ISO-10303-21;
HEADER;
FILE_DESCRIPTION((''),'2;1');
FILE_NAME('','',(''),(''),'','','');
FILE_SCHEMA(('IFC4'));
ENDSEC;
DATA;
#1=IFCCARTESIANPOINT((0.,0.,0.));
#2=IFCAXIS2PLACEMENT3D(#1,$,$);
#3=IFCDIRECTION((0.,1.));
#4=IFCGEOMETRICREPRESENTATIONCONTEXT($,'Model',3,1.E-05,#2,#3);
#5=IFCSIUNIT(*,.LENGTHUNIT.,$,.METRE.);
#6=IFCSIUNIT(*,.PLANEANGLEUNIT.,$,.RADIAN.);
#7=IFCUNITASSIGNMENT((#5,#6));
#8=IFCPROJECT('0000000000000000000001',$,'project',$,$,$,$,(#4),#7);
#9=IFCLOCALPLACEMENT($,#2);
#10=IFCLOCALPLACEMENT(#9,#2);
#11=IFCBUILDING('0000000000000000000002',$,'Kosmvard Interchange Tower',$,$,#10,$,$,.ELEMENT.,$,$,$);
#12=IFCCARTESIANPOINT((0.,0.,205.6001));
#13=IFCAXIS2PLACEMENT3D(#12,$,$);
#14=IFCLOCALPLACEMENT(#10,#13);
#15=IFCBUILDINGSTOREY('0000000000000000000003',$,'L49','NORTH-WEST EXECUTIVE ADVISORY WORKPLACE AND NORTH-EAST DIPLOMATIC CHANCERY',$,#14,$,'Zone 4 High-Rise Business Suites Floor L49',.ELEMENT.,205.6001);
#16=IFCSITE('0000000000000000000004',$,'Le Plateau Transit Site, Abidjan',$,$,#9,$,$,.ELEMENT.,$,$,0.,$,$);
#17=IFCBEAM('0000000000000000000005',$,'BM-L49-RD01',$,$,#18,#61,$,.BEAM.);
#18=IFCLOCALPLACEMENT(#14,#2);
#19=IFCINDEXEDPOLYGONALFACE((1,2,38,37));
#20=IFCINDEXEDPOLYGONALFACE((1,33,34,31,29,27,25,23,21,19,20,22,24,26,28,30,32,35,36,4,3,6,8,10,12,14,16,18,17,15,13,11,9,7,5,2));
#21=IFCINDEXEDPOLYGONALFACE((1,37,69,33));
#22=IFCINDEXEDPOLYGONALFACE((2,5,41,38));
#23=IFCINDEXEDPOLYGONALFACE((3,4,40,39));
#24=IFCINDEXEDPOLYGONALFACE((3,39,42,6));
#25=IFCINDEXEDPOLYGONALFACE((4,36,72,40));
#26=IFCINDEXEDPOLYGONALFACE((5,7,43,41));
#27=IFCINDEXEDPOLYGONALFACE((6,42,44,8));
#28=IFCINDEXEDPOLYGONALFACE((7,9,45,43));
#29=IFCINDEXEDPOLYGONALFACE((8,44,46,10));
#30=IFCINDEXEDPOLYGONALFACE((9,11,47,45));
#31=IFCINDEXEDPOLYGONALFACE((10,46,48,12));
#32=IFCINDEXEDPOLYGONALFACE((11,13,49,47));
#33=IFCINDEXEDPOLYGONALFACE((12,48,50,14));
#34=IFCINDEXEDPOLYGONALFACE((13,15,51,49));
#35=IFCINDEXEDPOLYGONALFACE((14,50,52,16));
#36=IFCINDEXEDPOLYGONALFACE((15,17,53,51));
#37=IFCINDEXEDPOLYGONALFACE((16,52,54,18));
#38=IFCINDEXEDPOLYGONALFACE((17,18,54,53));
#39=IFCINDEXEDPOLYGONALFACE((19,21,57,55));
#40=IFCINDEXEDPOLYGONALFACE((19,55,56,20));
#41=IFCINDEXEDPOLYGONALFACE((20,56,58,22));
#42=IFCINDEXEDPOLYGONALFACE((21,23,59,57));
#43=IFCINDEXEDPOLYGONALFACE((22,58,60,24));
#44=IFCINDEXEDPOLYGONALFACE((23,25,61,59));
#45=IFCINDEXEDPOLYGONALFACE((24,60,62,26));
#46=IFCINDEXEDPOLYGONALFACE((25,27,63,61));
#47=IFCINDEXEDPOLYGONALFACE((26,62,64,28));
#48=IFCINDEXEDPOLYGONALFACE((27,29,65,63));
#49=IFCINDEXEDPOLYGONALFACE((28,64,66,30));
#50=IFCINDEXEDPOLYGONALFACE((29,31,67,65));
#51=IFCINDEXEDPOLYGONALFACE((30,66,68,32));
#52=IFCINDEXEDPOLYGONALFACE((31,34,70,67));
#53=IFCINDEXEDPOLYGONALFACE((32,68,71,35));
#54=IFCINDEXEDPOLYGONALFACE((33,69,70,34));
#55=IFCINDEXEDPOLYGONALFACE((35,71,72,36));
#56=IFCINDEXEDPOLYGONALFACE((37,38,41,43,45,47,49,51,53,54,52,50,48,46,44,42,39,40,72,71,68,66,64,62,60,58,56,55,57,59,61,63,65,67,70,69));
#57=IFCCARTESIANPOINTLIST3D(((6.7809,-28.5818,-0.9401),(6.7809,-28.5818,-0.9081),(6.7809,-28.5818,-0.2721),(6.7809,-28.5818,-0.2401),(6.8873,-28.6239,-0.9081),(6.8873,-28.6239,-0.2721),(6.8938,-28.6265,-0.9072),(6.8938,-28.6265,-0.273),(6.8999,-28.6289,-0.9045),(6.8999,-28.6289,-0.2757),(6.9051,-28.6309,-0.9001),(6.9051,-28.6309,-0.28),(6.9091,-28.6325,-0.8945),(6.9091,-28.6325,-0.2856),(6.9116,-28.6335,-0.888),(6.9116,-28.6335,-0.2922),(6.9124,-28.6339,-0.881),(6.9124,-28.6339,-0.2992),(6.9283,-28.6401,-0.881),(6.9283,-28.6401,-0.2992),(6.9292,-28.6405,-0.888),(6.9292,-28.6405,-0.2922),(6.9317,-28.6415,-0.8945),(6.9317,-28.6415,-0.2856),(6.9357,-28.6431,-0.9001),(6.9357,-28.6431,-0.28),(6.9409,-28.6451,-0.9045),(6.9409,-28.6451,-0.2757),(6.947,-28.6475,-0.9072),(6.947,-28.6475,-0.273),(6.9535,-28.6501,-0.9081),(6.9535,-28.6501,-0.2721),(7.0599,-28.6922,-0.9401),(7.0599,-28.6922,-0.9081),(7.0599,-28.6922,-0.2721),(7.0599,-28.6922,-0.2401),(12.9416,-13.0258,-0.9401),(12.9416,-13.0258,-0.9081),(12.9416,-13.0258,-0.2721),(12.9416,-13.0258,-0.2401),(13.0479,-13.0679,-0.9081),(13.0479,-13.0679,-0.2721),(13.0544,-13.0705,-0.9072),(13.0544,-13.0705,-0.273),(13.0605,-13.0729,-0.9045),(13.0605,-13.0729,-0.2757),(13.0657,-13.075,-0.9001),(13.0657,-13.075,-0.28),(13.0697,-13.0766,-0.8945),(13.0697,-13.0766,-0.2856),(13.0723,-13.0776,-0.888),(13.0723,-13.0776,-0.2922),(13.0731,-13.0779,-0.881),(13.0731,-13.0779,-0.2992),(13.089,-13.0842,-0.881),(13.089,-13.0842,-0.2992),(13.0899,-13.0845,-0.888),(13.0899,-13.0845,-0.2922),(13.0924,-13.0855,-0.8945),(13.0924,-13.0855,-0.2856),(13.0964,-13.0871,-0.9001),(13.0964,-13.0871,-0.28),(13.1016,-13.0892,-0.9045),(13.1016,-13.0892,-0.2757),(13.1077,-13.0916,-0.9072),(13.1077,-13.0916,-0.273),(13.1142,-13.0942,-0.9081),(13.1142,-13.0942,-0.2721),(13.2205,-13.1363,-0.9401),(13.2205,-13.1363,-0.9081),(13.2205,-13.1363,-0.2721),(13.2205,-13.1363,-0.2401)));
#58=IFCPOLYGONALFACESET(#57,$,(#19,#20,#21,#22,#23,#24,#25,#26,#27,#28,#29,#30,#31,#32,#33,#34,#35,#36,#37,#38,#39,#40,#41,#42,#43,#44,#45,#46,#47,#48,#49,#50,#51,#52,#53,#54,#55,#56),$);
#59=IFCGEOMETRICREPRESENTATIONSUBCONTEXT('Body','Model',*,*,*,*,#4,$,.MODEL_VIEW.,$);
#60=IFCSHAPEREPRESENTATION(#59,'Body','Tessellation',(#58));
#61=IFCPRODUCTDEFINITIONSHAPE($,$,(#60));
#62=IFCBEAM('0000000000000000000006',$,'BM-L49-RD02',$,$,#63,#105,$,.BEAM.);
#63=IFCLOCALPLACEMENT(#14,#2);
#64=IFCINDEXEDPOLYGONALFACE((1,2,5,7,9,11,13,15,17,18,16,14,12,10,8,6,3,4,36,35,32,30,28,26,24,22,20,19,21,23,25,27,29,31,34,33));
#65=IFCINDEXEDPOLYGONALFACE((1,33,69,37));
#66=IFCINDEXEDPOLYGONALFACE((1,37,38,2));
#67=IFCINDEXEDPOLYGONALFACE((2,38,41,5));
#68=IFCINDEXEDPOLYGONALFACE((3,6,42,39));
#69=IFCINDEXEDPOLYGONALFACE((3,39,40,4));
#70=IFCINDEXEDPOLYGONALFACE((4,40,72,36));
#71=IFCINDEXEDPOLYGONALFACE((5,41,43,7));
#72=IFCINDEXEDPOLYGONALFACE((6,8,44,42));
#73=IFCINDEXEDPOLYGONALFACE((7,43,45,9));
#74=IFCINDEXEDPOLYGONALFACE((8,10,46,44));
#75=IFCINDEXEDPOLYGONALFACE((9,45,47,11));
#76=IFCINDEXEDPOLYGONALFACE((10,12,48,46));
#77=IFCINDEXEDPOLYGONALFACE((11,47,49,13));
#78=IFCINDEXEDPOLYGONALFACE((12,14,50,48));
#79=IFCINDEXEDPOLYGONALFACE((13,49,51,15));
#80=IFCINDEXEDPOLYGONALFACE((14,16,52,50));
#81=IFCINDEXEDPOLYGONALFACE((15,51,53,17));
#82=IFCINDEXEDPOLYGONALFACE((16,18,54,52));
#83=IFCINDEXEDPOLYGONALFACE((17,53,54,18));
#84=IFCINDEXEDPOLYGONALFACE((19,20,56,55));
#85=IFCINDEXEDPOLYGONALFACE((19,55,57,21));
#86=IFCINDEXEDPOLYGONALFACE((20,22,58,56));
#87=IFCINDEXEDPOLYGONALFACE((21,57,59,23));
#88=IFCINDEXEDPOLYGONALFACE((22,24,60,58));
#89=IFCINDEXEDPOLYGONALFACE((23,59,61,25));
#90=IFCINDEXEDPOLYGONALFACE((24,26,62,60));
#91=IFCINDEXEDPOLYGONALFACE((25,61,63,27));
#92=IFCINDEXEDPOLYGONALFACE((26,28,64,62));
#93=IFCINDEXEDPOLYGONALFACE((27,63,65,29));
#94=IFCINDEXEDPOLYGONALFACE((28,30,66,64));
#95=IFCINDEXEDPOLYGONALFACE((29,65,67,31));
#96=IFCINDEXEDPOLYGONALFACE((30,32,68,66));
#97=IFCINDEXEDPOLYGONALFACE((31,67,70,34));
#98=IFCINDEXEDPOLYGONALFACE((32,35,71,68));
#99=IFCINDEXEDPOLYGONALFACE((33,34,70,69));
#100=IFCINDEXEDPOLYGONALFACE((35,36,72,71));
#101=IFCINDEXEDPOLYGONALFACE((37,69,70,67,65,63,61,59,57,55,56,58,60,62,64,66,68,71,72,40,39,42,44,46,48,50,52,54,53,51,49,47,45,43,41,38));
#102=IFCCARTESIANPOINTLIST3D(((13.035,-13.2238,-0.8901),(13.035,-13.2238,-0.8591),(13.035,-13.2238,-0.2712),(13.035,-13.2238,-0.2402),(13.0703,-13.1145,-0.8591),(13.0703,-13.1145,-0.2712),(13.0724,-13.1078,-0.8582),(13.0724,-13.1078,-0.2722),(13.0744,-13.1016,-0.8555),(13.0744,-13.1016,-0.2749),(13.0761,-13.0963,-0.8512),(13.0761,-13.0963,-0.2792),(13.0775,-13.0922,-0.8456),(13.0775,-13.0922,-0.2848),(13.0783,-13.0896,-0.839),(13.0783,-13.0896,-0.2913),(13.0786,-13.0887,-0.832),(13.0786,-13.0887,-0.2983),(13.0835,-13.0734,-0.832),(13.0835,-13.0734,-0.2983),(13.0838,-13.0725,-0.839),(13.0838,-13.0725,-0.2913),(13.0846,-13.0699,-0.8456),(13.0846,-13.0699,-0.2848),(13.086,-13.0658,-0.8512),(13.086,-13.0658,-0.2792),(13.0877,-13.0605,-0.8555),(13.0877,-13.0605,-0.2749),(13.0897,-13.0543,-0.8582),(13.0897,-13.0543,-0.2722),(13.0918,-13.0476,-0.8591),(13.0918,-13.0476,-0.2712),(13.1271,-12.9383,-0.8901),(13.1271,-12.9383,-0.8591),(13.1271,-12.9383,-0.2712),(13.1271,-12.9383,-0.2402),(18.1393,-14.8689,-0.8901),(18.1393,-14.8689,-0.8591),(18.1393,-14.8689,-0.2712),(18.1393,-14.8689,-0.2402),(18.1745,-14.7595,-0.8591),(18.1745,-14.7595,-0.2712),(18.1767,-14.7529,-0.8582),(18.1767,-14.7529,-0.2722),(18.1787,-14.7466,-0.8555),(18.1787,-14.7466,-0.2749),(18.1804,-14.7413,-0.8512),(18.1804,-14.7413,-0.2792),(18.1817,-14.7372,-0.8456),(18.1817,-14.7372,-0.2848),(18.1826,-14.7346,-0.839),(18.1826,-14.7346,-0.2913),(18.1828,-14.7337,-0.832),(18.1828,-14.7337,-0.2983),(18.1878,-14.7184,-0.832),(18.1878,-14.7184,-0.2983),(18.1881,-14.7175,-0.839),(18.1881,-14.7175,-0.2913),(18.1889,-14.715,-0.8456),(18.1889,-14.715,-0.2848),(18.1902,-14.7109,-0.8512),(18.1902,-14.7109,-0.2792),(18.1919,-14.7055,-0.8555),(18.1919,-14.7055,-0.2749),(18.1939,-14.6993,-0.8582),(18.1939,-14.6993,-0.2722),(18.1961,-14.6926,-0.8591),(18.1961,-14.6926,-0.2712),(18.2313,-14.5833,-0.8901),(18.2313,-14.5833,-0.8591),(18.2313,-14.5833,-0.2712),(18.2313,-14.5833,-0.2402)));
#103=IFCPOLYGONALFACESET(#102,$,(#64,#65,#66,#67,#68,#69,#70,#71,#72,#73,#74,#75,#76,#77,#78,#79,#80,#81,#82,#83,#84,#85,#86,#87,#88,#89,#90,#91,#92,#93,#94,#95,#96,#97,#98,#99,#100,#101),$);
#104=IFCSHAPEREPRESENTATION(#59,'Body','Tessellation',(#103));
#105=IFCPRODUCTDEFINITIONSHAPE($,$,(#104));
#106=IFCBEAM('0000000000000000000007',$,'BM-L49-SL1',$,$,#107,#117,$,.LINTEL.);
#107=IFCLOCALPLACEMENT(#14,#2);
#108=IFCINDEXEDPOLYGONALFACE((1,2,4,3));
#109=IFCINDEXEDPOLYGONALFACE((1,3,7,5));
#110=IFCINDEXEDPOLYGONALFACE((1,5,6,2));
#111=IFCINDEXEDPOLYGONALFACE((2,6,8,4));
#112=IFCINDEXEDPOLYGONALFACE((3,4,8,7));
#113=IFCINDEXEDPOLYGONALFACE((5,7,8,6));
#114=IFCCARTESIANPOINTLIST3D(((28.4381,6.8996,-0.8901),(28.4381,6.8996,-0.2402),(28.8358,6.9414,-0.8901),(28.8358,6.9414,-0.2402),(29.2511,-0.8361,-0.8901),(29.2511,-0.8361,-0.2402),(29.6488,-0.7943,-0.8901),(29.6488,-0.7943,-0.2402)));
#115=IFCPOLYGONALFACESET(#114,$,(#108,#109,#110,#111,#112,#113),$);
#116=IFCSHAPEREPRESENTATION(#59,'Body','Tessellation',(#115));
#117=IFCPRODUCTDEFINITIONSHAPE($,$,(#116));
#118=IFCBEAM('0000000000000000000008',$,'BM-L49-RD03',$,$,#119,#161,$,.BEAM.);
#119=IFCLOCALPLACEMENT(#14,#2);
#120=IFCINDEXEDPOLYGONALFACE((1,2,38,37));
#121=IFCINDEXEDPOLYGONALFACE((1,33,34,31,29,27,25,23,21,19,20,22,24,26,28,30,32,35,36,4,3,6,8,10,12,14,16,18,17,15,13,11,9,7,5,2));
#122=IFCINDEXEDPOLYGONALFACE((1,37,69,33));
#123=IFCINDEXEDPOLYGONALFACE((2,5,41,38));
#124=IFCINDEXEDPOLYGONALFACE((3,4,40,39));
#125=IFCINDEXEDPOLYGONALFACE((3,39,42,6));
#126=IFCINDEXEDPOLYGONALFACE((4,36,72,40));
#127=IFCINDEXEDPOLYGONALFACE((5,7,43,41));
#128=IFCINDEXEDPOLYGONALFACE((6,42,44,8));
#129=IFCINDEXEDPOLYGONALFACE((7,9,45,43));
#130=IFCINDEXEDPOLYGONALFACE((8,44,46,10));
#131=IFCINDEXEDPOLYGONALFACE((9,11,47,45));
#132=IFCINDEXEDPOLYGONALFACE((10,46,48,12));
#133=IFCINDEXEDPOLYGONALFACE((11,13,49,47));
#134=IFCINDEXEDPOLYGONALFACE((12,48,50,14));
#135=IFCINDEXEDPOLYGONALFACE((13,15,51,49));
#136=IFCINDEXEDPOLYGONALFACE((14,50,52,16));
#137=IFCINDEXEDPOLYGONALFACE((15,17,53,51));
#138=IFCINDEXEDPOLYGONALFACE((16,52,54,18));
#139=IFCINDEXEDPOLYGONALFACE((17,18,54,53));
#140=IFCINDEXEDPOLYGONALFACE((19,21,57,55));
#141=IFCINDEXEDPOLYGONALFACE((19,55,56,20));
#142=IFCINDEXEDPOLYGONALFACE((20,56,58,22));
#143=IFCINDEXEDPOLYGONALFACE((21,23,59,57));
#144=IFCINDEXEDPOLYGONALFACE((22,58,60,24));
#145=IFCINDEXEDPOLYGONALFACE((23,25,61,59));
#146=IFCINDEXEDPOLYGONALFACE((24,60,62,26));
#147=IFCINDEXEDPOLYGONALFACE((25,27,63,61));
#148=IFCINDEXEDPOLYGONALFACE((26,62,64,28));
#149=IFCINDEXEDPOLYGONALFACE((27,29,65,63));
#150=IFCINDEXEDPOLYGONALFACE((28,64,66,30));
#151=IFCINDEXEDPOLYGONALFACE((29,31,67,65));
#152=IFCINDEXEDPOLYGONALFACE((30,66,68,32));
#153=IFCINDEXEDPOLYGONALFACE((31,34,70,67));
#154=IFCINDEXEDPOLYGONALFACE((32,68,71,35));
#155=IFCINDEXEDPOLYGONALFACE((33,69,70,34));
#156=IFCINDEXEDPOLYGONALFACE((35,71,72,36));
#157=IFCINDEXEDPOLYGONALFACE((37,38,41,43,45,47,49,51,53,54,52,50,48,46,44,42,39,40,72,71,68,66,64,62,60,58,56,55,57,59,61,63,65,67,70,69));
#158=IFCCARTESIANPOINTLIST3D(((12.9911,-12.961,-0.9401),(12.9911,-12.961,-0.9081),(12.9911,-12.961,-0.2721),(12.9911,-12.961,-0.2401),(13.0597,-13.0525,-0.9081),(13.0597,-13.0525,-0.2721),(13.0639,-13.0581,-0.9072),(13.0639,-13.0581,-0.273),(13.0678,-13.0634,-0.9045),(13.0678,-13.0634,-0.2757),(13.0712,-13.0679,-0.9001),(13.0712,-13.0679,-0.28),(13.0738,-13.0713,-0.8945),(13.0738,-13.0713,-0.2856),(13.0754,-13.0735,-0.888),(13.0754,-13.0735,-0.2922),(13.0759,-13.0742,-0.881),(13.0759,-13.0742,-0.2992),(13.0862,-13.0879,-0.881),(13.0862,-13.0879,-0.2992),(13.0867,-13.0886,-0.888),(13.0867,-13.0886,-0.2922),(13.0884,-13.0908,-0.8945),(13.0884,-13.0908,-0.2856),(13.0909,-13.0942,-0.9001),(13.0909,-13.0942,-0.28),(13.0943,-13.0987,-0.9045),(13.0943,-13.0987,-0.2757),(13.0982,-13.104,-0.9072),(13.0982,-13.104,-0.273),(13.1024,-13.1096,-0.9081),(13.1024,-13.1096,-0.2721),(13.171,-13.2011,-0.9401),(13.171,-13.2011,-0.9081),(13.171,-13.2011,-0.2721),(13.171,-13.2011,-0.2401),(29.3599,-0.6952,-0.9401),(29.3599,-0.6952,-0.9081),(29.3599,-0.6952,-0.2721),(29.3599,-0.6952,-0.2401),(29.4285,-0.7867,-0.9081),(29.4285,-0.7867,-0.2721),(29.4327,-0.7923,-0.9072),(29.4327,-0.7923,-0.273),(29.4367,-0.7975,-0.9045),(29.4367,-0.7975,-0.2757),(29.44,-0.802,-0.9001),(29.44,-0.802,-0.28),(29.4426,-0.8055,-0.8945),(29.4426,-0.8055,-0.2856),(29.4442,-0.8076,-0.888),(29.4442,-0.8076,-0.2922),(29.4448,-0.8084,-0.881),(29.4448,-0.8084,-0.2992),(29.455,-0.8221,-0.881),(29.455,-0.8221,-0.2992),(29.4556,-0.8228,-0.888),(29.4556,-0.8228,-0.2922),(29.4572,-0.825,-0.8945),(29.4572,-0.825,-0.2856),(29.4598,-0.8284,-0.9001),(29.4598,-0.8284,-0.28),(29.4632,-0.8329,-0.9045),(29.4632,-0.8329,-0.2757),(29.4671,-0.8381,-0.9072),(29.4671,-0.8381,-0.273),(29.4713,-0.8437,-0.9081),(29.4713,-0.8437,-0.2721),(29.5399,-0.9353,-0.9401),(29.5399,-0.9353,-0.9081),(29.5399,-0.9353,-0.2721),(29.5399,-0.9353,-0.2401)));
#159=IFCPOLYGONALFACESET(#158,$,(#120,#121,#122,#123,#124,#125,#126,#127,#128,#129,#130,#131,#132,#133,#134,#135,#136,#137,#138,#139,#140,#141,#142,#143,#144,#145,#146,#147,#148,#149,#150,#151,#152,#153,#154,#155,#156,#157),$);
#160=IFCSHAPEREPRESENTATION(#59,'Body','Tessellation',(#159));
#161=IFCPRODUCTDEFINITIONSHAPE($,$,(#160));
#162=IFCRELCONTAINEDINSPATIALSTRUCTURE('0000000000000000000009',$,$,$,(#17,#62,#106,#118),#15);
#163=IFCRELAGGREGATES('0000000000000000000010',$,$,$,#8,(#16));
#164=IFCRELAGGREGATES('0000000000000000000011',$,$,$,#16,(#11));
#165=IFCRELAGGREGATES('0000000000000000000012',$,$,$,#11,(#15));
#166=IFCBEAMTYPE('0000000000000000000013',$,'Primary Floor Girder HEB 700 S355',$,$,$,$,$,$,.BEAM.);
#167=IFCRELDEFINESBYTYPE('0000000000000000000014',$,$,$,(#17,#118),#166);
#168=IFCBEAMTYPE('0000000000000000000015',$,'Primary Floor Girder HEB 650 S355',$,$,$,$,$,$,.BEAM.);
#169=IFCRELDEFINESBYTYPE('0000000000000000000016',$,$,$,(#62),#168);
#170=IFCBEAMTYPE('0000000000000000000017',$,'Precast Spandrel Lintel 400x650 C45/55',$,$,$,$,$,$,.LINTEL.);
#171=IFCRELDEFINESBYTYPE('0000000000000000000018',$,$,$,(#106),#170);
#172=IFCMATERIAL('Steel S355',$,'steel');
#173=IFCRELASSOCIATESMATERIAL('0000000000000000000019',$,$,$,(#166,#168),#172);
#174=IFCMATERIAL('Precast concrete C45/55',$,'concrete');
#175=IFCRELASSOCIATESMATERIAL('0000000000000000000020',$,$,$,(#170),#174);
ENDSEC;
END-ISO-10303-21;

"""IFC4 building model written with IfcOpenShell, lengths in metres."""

from ifc_helpers import new_model, si_unit, direction, frame, origin, origin_2d, place, context, subcontext, project, spatial, rectangle, i_section, extrude, source, transform, mapped, material, material_profile, profile_set, type_object, element, save


model = new_model("IFC4")

# Units and contexts
model_context = context("Model", 3, precision=1e-05, world=origin(), true_north=direction((0.0, 1.0)))
body_context = subcontext(model_context, "Body", "Model", "MODEL_VIEW")
ifc_project = project(units=[si_unit("LENGTHUNIT", "METRE"), si_unit("PLANEANGLEUNIT", "RADIAN")], contexts=[model_context])

# Site, building, storey
site_placement = place(None, origin())
site = spatial("IfcSite", under=ifc_project, at=site_placement, Name="Le Plateau Transit Site, Abidjan", CompositionType="ELEMENT", RefElevation=0.0)
building_placement = place(site_placement, origin())
building = spatial("IfcBuilding", under=site, at=building_placement, Name="Kosmvard Interchange Tower", CompositionType="ELEMENT")
storey_placement = place(building_placement, frame((0.0, 0.0, 205.6001)))
storey = spatial("IfcBuildingStorey", under=building, at=storey_placement, Name="L49", Description="NORTH-WEST EXECUTIVE ADVISORY WORKPLACE AND NORTH-EAST DIPLOMATIC CHANCERY", LongName="Zone 4 High-Rise Business Suites Floor L49", CompositionType="ELEMENT", Elevation=205.6001)

# Beams
ifc_material_1 = material(Name="Steel S355", Category="steel")
ifc_material_profile_1 = material_profile(ifc_material_1, i_section(OverallWidth=0.3, OverallDepth=0.7, WebThickness=0.0171, FlangeThickness=0.032, FilletRadius=0.0271, at=origin_2d()), Name="HEB 700")
ifc_profile_set_1 = profile_set([ifc_material_profile_1], Name="Steel S355")
beam_type_1 = type_object("IfcBeamType", Name="Primary Floor Girder HEB 700 S355", PredefinedType="BEAM", material=ifc_profile_set_1)
shared_shape_1 = source(origin(), body_context, "Body", "SweptSolid", [
    extrude(i_section(OverallWidth=0.3, OverallDepth=0.7, WebThickness=0.0171, FlangeThickness=0.032, FilletRadius=0.0271, at=origin_2d()), origin(), (0.0, 0.0, 1.0), 16.7314),
])
beam_1_placement = place(storey_placement, frame((13.0811, -13.0811, -0.5901), z_axis=(-0.368209, -0.929743, 0.0), x_axis=(0.929743, -0.368209, 0.0)))
element("IfcBeam", 1, at=beam_1_placement, inside=storey, type_object=beam_type_1, Name="BM-L49-RD01", PredefinedType="BEAM", context=body_context, shape_type="MappedRepresentation", body=[
    mapped(shared_shape_1, transform((0.0, 0.0, 0.0), scale=1.0)),
])
ifc_material_profile_2 = material_profile(ifc_material_1, i_section(OverallWidth=0.3, OverallDepth=0.6499, WebThickness=0.0161, FlangeThickness=0.031, FilletRadius=0.0271, at=origin_2d()), Name="HEB 650")
ifc_profile_set_2 = profile_set([ifc_material_profile_2], Name="Steel S355")
beam_type_2 = type_object("IfcBeamType", Name="Primary Floor Girder HEB 650 S355", PredefinedType="BEAM", material=ifc_profile_set_2)
shared_shape_2 = source(origin(), body_context, "Body", "SweptSolid", [
    extrude(i_section(OverallWidth=0.3, OverallDepth=0.6499, WebThickness=0.0161, FlangeThickness=0.031, FilletRadius=0.0271, at=origin_2d()), origin(), (0.0, 0.0, 1.0), 5.3628),
])
beam_2_placement = place(storey_placement, frame((13.0811, -13.0811, -0.5652), z_axis=(0.951791, -0.306747, 0.0), x_axis=(0.306747, 0.951791, 0.0)))
element("IfcBeam", 2, at=beam_2_placement, inside=storey, type_object=beam_type_2, Name="BM-L49-RD02", PredefinedType="BEAM", context=body_context, shape_type="MappedRepresentation", body=[
    mapped(shared_shape_2, transform((0.0, 0.0, 0.0), scale=1.0)),
])
ifc_material_2 = material(Name="Precast concrete C45/55", Category="concrete")
ifc_material_profile_3 = material_profile(ifc_material_2, rectangle(XDim=0.3999, YDim=0.6499, at=origin_2d()), Name="SL 400x650")
ifc_profile_set_3 = profile_set([ifc_material_profile_3], Name="Precast concrete C45/55")
beam_type_3 = type_object("IfcBeamType", Name="Precast Spandrel Lintel 400x650 C45/55", PredefinedType="LINTEL", material=ifc_profile_set_3)
shared_shape_3 = source(origin(), body_context, "Body", "SweptSolid", [
    extrude(rectangle(XDim=0.3999, YDim=0.6499, at=origin_2d()), origin(), (0.0, 0.0, 1.0), 7.7783),
])
beam_3_placement = place(storey_placement, frame((29.45, -0.8152, -0.5652), z_axis=(-0.104521, 0.994523, 0.0), x_axis=(-0.994523, -0.104521, 0.0)))
element("IfcBeam", 3, at=beam_3_placement, inside=storey, type_object=beam_type_3, Name="BM-L49-SL1", PredefinedType="LINTEL", context=body_context, shape_type="MappedRepresentation", body=[
    mapped(shared_shape_3, transform((0.0, 0.0, 0.0), scale=1.0)),
])
shared_shape_4 = source(origin(), body_context, "Body", "SweptSolid", [
    extrude(i_section(OverallWidth=0.3, OverallDepth=0.7, WebThickness=0.0171, FlangeThickness=0.032, FilletRadius=0.0271, at=origin_2d()), origin(), (0.0, 0.0, 1.0), 20.4546),
])
beam_4_placement = place(storey_placement, frame((13.0811, -13.0811, -0.5901), z_axis=(0.800253, 0.599662, 0.0), x_axis=(-0.599662, 0.800253, 0.0)))
element("IfcBeam", 4, at=beam_4_placement, inside=storey, type_object=beam_type_1, Name="BM-L49-RD03", PredefinedType="BEAM", context=body_context, shape_type="MappedRepresentation", body=[
    mapped(shared_shape_4, transform((0.0, 0.0, 0.0), scale=1.0)),
])

save(model, "model.ifc")
